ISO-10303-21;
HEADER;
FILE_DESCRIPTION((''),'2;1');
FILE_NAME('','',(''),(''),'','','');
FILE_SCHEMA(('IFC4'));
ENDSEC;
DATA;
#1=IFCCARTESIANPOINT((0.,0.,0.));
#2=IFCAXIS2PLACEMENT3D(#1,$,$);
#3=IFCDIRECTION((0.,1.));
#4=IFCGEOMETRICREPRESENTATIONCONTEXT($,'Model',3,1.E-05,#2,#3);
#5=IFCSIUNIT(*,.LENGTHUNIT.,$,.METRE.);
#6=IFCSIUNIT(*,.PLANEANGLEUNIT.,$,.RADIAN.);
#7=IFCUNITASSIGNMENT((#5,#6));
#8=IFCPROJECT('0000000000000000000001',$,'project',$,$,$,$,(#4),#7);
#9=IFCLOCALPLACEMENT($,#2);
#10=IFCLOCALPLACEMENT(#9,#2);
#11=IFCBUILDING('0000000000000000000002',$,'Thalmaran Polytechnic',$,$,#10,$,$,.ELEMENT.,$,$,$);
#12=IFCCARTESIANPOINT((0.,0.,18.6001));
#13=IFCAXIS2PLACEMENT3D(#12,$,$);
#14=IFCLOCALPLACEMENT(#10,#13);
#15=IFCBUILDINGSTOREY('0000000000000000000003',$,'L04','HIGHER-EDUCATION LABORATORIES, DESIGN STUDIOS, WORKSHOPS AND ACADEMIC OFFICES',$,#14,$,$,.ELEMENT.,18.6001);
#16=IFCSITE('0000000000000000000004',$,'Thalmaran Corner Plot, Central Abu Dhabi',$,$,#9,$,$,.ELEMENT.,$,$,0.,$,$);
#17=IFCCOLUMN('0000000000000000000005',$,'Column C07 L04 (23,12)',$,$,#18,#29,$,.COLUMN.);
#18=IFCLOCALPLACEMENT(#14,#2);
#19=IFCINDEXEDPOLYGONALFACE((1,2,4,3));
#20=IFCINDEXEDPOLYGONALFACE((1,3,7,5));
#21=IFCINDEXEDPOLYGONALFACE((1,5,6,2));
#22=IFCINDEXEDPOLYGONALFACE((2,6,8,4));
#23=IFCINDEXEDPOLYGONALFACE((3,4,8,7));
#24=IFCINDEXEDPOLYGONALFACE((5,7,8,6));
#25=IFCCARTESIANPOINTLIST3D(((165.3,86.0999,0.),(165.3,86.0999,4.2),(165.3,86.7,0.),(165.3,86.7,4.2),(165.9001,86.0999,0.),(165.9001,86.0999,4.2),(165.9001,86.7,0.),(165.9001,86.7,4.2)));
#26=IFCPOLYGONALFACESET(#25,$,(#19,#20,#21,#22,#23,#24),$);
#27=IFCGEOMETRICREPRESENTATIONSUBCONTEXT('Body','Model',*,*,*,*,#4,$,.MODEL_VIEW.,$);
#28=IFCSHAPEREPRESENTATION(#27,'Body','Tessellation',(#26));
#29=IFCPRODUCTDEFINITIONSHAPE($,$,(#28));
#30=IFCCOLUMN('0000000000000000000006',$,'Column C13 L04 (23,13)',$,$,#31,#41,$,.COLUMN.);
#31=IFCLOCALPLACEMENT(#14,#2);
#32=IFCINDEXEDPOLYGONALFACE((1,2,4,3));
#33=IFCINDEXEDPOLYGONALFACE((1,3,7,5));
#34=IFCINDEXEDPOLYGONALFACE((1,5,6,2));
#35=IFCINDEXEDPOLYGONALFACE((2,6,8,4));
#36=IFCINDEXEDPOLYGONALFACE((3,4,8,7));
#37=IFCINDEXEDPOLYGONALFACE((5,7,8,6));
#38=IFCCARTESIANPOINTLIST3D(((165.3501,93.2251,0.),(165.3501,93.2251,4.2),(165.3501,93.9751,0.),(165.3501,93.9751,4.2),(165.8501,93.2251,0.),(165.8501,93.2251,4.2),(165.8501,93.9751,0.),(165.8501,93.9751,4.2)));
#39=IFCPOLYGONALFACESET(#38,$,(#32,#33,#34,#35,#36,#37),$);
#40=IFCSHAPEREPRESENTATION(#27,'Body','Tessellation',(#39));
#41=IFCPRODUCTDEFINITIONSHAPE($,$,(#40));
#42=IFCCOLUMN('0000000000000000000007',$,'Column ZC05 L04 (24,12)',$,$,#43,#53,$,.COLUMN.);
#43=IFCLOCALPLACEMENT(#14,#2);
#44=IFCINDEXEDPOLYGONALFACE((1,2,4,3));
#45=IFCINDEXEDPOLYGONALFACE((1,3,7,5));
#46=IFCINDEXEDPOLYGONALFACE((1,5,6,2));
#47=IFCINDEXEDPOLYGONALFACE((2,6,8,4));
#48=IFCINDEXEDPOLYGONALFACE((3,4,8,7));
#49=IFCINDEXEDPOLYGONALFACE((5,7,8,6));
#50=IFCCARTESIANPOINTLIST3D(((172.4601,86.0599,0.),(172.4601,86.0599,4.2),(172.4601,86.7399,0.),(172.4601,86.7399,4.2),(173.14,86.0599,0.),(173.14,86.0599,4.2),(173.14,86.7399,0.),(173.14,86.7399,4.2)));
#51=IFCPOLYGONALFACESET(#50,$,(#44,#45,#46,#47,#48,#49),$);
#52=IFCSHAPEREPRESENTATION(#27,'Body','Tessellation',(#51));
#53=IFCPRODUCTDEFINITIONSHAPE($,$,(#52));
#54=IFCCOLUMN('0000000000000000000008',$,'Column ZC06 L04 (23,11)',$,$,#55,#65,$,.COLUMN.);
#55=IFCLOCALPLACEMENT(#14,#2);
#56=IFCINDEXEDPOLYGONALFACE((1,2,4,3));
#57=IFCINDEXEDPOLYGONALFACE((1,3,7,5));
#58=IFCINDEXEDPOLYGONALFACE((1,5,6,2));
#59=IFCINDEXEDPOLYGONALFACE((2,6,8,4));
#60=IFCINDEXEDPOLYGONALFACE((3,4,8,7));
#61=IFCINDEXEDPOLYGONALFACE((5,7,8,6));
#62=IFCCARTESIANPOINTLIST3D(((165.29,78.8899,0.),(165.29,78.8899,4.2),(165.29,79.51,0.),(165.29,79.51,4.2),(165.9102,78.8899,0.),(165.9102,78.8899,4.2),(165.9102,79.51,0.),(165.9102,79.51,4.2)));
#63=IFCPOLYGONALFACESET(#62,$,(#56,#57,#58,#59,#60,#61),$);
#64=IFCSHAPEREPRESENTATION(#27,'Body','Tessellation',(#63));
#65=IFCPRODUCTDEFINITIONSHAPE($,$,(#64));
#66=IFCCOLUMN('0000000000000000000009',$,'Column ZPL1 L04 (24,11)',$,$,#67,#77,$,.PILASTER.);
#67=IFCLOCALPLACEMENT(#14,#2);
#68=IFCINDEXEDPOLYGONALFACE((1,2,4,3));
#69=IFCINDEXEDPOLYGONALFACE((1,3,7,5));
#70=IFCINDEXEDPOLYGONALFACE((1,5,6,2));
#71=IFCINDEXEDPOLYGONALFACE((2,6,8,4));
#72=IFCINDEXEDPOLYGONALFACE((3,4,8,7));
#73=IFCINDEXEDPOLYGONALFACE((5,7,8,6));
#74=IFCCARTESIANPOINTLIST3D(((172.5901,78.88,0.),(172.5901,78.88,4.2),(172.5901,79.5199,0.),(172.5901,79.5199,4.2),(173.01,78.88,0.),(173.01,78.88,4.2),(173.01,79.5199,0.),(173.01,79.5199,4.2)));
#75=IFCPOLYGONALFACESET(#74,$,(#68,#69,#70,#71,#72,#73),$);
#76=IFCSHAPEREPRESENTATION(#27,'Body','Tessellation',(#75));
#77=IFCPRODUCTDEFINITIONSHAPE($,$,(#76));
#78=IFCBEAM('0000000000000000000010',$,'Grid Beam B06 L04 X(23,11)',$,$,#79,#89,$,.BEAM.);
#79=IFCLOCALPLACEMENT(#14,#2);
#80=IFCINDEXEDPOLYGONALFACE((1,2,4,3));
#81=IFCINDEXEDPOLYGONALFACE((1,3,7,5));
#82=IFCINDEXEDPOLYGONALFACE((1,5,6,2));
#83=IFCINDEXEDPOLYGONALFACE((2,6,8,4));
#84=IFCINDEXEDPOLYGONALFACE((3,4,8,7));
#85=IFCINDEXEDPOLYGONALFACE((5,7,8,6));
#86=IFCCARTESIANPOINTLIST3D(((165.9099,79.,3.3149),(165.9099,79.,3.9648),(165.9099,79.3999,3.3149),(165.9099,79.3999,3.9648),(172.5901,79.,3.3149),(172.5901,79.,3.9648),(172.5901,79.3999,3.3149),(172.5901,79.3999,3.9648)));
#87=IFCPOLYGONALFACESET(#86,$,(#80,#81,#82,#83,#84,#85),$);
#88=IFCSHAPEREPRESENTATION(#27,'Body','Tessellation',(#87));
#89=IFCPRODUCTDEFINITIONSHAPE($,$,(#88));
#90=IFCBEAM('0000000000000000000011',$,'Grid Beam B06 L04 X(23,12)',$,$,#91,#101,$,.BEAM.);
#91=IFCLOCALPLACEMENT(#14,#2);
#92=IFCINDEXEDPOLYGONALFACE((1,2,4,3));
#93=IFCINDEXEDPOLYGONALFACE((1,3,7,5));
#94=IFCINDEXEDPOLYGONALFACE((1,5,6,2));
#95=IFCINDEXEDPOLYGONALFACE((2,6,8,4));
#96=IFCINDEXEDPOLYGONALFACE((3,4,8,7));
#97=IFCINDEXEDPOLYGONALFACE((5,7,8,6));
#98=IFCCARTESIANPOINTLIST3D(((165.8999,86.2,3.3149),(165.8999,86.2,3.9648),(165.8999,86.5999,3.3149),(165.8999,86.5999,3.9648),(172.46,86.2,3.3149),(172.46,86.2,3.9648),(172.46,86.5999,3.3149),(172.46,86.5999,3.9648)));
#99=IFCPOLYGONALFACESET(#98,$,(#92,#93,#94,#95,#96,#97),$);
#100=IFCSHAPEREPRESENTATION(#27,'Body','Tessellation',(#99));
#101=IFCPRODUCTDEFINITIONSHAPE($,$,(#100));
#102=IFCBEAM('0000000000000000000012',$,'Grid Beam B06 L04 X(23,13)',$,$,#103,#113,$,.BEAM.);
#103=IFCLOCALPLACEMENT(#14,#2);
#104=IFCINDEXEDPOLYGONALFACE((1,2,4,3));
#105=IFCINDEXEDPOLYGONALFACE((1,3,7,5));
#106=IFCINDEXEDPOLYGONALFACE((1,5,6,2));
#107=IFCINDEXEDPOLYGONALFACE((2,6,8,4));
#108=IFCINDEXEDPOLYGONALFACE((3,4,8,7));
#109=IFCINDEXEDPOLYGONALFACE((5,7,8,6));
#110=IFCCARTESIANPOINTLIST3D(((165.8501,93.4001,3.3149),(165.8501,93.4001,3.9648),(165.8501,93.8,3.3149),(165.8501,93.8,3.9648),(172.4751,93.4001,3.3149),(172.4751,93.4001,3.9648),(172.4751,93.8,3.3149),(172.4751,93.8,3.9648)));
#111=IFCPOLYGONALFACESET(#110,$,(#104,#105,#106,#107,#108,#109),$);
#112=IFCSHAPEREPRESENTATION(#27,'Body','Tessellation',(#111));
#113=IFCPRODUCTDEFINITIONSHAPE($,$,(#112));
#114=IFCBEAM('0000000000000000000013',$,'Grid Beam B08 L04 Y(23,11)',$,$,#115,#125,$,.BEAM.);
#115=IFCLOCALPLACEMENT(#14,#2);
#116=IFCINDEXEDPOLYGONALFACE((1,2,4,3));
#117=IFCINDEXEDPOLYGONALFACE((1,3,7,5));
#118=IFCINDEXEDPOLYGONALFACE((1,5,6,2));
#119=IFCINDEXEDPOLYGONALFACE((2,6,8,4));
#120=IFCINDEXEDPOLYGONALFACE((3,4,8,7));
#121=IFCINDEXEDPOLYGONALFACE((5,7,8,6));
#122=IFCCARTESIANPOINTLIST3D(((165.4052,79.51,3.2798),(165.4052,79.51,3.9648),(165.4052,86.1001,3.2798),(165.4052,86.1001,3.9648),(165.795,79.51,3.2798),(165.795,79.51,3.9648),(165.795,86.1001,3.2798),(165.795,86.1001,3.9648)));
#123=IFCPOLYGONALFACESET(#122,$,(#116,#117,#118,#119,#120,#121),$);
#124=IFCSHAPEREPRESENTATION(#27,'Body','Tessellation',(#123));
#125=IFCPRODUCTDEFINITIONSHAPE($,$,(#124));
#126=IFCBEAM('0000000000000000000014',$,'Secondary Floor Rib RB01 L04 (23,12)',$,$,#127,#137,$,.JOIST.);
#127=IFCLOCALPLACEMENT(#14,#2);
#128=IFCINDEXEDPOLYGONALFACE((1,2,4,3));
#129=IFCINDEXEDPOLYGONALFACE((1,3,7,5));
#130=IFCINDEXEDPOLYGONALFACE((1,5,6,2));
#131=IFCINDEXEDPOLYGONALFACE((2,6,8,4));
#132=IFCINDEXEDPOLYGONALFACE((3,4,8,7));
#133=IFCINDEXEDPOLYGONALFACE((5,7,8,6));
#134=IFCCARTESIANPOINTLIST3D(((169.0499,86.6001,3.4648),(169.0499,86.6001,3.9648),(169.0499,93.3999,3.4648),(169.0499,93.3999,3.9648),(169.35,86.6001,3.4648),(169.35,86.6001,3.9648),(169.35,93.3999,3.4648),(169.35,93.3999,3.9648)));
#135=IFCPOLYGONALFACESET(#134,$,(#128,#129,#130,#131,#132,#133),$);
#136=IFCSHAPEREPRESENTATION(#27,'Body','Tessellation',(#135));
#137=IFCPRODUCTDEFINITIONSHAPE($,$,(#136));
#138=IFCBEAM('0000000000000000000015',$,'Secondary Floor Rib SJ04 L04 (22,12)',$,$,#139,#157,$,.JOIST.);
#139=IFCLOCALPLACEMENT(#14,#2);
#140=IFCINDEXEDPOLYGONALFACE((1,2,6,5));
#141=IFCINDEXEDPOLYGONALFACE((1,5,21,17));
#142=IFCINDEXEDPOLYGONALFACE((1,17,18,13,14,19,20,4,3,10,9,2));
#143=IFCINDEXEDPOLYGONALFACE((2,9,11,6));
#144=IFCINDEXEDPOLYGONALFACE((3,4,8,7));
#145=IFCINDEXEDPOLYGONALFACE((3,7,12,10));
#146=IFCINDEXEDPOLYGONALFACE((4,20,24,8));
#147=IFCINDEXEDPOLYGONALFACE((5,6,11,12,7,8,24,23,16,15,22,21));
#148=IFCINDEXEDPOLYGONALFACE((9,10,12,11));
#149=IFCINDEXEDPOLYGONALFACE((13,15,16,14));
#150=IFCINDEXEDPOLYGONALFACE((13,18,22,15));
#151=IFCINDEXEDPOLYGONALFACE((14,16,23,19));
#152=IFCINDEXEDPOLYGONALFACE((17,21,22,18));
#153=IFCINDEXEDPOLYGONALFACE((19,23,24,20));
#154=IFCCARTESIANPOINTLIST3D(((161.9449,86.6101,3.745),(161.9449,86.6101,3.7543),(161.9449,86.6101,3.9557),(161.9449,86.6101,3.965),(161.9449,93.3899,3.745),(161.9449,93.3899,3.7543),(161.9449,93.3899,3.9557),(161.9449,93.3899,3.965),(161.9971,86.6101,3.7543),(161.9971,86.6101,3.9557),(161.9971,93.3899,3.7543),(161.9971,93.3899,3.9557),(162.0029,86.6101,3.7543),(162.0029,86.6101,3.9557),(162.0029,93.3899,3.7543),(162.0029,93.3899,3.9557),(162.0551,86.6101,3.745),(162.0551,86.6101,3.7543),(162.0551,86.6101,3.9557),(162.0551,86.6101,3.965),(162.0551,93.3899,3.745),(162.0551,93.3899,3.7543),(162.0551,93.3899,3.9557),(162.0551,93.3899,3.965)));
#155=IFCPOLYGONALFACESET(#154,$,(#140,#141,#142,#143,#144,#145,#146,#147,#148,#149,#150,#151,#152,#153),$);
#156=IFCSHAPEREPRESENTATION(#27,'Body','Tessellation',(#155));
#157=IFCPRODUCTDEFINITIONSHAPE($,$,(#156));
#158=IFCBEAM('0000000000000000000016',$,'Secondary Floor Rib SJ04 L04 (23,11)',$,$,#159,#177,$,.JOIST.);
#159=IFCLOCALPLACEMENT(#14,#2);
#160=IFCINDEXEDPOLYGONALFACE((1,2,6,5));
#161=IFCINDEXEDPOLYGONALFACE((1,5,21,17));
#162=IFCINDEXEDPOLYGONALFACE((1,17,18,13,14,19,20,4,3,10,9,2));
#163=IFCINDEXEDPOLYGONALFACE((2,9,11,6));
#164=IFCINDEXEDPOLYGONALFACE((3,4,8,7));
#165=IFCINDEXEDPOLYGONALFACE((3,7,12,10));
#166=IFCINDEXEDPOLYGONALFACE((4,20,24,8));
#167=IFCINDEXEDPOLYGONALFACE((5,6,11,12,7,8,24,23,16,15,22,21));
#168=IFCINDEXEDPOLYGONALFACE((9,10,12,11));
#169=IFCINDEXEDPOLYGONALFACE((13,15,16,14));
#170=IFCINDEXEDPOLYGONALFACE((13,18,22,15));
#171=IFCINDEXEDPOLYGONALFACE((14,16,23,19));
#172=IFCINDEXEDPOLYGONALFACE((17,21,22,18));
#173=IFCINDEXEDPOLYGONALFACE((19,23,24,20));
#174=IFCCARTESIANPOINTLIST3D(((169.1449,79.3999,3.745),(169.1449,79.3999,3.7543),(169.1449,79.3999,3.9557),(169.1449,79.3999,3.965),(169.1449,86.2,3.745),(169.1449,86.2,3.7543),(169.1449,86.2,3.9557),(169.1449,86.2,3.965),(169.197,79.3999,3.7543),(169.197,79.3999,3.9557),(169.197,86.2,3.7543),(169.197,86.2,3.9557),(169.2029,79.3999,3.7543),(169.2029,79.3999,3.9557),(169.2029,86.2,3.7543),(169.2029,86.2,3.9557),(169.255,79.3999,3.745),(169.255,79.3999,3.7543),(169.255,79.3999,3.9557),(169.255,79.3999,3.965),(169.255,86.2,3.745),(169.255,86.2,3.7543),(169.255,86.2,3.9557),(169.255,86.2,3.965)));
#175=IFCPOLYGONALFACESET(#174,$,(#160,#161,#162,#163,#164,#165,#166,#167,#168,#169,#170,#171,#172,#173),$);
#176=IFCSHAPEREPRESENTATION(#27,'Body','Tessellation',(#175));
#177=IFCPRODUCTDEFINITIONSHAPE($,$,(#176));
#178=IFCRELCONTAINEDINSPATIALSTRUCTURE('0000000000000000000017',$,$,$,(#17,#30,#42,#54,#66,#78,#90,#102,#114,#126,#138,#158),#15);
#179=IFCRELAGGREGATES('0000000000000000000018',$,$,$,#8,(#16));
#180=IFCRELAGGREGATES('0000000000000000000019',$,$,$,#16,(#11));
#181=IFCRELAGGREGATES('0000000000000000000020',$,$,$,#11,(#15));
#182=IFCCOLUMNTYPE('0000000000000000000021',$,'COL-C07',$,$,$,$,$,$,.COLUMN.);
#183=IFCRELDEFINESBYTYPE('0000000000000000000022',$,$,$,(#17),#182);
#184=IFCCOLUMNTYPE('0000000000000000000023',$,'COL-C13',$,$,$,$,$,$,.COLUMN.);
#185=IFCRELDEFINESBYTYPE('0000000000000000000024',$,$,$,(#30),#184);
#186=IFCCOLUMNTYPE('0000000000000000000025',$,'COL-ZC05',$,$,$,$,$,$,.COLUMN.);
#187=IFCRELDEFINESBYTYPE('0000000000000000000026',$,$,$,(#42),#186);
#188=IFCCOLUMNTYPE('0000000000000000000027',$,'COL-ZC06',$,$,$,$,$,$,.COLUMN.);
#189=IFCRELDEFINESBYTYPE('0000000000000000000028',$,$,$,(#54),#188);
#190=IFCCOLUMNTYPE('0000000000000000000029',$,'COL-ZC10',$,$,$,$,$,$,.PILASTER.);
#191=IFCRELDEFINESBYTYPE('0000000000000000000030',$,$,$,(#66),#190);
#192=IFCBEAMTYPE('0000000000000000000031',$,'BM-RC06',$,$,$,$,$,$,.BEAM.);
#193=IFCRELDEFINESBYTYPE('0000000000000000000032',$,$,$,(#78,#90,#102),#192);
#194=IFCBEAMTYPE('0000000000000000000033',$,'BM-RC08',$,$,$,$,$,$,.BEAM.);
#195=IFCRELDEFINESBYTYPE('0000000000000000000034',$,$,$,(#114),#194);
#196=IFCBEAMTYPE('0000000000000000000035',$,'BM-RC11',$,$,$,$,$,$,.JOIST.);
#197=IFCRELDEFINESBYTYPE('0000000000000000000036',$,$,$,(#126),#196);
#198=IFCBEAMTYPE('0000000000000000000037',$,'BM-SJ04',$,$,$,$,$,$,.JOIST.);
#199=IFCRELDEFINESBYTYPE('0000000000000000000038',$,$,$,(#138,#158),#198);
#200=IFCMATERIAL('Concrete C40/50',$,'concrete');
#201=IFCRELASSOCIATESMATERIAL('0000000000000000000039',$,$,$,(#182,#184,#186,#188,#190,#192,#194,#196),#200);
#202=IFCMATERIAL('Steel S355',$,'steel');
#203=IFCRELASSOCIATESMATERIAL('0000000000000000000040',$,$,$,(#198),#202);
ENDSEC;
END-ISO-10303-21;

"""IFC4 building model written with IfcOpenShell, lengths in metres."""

from ifc_helpers import new_model, si_unit, direction, frame, origin, origin_2d, place, context, subcontext, project, spatial, rectangle, i_section, extrude, material, material_profile, profile_set, type_object, element, save


model = new_model("IFC4")

# Units and contexts
model_context = context("Model", 3, precision=1e-05, world=origin(), true_north=direction((0.0, 1.0)))
body_context = subcontext(model_context, "Body", "Model", "MODEL_VIEW")
ifc_project = project(units=[si_unit("LENGTHUNIT", "METRE"), si_unit("PLANEANGLEUNIT", "RADIAN")], contexts=[model_context])

# Site, building, storey
site_placement = place(None, origin())
site = spatial("IfcSite", under=ifc_project, at=site_placement, Name="Thalmaran Corner Plot, Central Abu Dhabi", CompositionType="ELEMENT", RefElevation=0.0)
building_placement = place(site_placement, origin())
building = spatial("IfcBuilding", under=site, at=building_placement, Name="Thalmaran Polytechnic", CompositionType="ELEMENT")
storey_placement = place(building_placement, frame((0.0, 0.0, 18.6001)))
storey = spatial("IfcBuildingStorey", under=building, at=storey_placement, Name="L04", Description="HIGHER-EDUCATION LABORATORIES, DESIGN STUDIOS, WORKSHOPS AND ACADEMIC OFFICES", CompositionType="ELEMENT", Elevation=18.6001)

# Columns
ifc_material_1 = material(Name="Concrete C40/50", Category="concrete")
ifc_material_profile_1 = material_profile(ifc_material_1, rectangle(XDim=0.6001, YDim=0.6001, at=origin_2d()), Name="RC 600x600")
ifc_profile_set_1 = profile_set([ifc_material_profile_1], Name="Concrete C40/50")
column_type_1 = type_object("IfcColumnType", Name="COL-C07", PredefinedType="COLUMN", material=ifc_profile_set_1)
column_1_placement = place(storey_placement, frame((165.6001, 86.3999, 0.0), z_axis=(0.0, 0.0, 1.0), x_axis=(1.0, 0.0, 0.0)))
element("IfcColumn", 1, at=column_1_placement, inside=storey, type_object=column_type_1, Name="Column C07 L04 (23,12)", PredefinedType="COLUMN", context=body_context, shape_type="SweptSolid", body=[
    extrude(rectangle(XDim=0.6001, YDim=0.6001, at=origin_2d()), origin(), (0.0, 0.0, 1.0), 4.2),
])
ifc_material_profile_2 = material_profile(ifc_material_1, rectangle(XDim=0.5, YDim=0.75, at=origin_2d()), Name="RC 500x750")
ifc_profile_set_2 = profile_set([ifc_material_profile_2], Name="Concrete C40/50")
column_type_2 = type_object("IfcColumnType", Name="COL-C13", PredefinedType="COLUMN", material=ifc_profile_set_2)
column_2_placement = place(storey_placement, frame((165.6001, 93.6001, 0.0), z_axis=(0.0, 0.0, 1.0), x_axis=(1.0, 0.0, 0.0)))
element("IfcColumn", 2, at=column_2_placement, inside=storey, type_object=column_type_2, Name="Column C13 L04 (23,13)", PredefinedType="COLUMN", context=body_context, shape_type="SweptSolid", body=[
    extrude(rectangle(XDim=0.5, YDim=0.75, at=origin_2d()), origin(), (0.0, 0.0, 1.0), 4.2),
])
ifc_material_profile_3 = material_profile(ifc_material_1, rectangle(XDim=0.6799, YDim=0.6799, at=origin_2d()), Name="RC 680x680")
ifc_profile_set_3 = profile_set([ifc_material_profile_3], Name="Concrete C40/50")
column_type_3 = type_object("IfcColumnType", Name="COL-ZC05", PredefinedType="COLUMN", material=ifc_profile_set_3)
column_3_placement = place(storey_placement, frame((172.8, 86.3999, 0.0), z_axis=(0.0, 0.0, 1.0), x_axis=(1.0, 0.0, 0.0)))
element("IfcColumn", 3, at=column_3_placement, inside=storey, type_object=column_type_3, Name="Column ZC05 L04 (24,12)", PredefinedType="COLUMN", context=body_context, shape_type="SweptSolid", body=[
    extrude(rectangle(XDim=0.6799, YDim=0.6799, at=origin_2d()), origin(), (0.0, 0.0, 1.0), 4.2),
])
ifc_material_profile_4 = material_profile(ifc_material_1, rectangle(XDim=0.6201, YDim=0.6201, at=origin_2d()), Name="RC 620x620")
ifc_profile_set_4 = profile_set([ifc_material_profile_4], Name="Concrete C40/50")
column_type_4 = type_object("IfcColumnType", Name="COL-ZC06", PredefinedType="COLUMN", material=ifc_profile_set_4)
column_4_placement = place(storey_placement, frame((165.6001, 79.2, 0.0), z_axis=(0.0, 0.0, 1.0), x_axis=(1.0, 0.0, 0.0)))
element("IfcColumn", 4, at=column_4_placement, inside=storey, type_object=column_type_4, Name="Column ZC06 L04 (23,11)", PredefinedType="COLUMN", context=body_context, shape_type="SweptSolid", body=[
    extrude(rectangle(XDim=0.6201, YDim=0.6201, at=origin_2d()), origin(), (0.0, 0.0, 1.0), 4.2),
])
ifc_material_profile_5 = material_profile(ifc_material_1, rectangle(XDim=0.4199, YDim=0.6399, at=origin_2d()), Name="RC 420x640")
ifc_profile_set_5 = profile_set([ifc_material_profile_5], Name="Concrete C40/50")
column_type_5 = type_object("IfcColumnType", Name="COL-ZC10", PredefinedType="PILASTER", material=ifc_profile_set_5)
column_5_placement = place(storey_placement, frame((172.8, 79.2, 0.0), z_axis=(0.0, 0.0, 1.0), x_axis=(1.0, 0.0, 0.0)))
element("IfcColumn", 5, at=column_5_placement, inside=storey, type_object=column_type_5, Name="Column ZPL1 L04 (24,11)", PredefinedType="PILASTER", context=body_context, shape_type="SweptSolid", body=[
    extrude(rectangle(XDim=0.4199, YDim=0.6399, at=origin_2d()), origin(), (0.0, 0.0, 1.0), 4.2),
])

# Beams
ifc_material_profile_6 = material_profile(ifc_material_1, rectangle(XDim=0.3999, YDim=0.6499, at=origin_2d()), Name="RC 400x650")
ifc_profile_set_6 = profile_set([ifc_material_profile_6], Name="Concrete C40/50")
beam_type_1 = type_object("IfcBeamType", Name="BM-RC06", PredefinedType="BEAM", material=ifc_profile_set_6)
beam_1_placement = place(storey_placement, frame((165.9099, 79.2, 3.6399), z_axis=(1.0, 0.0, 0.0), x_axis=(0.0, 1.0, 0.0)))
element("IfcBeam", 6, at=beam_1_placement, inside=storey, type_object=beam_type_1, Name="Grid Beam B06 L04 X(23,11)", PredefinedType="BEAM", context=body_context, shape_type="SweptSolid", body=[
    extrude(rectangle(XDim=0.3999, YDim=0.6499, at=origin_2d()), origin(), (0.0, 0.0, 1.0), 6.6802),
])
beam_2_placement = place(storey_placement, frame((165.8999, 86.3999, 3.6399), z_axis=(1.0, 0.0, 0.0), x_axis=(0.0, 1.0, 0.0)))
element("IfcBeam", 7, at=beam_2_placement, inside=storey, type_object=beam_type_1, Name="Grid Beam B06 L04 X(23,12)", PredefinedType="BEAM", context=body_context, shape_type="SweptSolid", body=[
    extrude(rectangle(XDim=0.3999, YDim=0.6499, at=origin_2d()), origin(), (0.0, 0.0, 1.0), 6.5601),
])
beam_3_placement = place(storey_placement, frame((165.8501, 93.6001, 3.6399), z_axis=(1.0, 0.0, 0.0), x_axis=(0.0, 1.0, 0.0)))
element("IfcBeam", 8, at=beam_3_placement, inside=storey, type_object=beam_type_1, Name="Grid Beam B06 L04 X(23,13)", PredefinedType="BEAM", context=body_context, shape_type="SweptSolid", body=[
    extrude(rectangle(XDim=0.3999, YDim=0.6499, at=origin_2d()), origin(), (0.0, 0.0, 1.0), 6.625),
])
ifc_material_profile_7 = material_profile(ifc_material_1, rectangle(XDim=0.3899, YDim=0.6851, at=origin_2d()), Name="RC 390x685")
ifc_profile_set_7 = profile_set([ifc_material_profile_7], Name="Concrete C40/50")
beam_type_2 = type_object("IfcBeamType", Name="BM-RC08", PredefinedType="BEAM", material=ifc_profile_set_7)
beam_4_placement = place(storey_placement, frame((165.6001, 79.51, 3.6223), z_axis=(0.0, 1.0, 0.0), x_axis=(-1.0, 0.0, 0.0)))
element("IfcBeam", 9, at=beam_4_placement, inside=storey, type_object=beam_type_2, Name="Grid Beam B08 L04 Y(23,11)", PredefinedType="BEAM", context=body_context, shape_type="SweptSolid", body=[
    extrude(rectangle(XDim=0.3899, YDim=0.6851, at=origin_2d()), origin(), (0.0, 0.0, 1.0), 6.5901),
])
ifc_material_profile_8 = material_profile(ifc_material_1, rectangle(XDim=0.3, YDim=0.5, at=origin_2d()), Name="RC 300x500")
ifc_profile_set_8 = profile_set([ifc_material_profile_8], Name="Concrete C40/50")
beam_type_3 = type_object("IfcBeamType", Name="BM-RC11", PredefinedType="JOIST", material=ifc_profile_set_8)
beam_5_placement = place(storey_placement, frame((169.2, 86.6001, 3.7148), z_axis=(0.0, 1.0, 0.0), x_axis=(-1.0, 0.0, 0.0)))
element("IfcBeam", 10, at=beam_5_placement, inside=storey, type_object=beam_type_3, Name="Secondary Floor Rib RB01 L04 (23,12)", PredefinedType="JOIST", context=body_context, shape_type="SweptSolid", body=[
    extrude(rectangle(XDim=0.3, YDim=0.5, at=origin_2d()), origin(), (0.0, 0.0, 1.0), 6.7998),
])
ifc_material_2 = material(Name="Steel S355", Category="steel")
ifc_material_profile_9 = material_profile(ifc_material_2, i_section(OverallWidth=0.1101, OverallDepth=0.22, WebThickness=0.0059, FlangeThickness=0.0093, at=origin_2d()), Name="IPE 220")
ifc_profile_set_9 = profile_set([ifc_material_profile_9], Name="Steel S355")
beam_type_4 = type_object("IfcBeamType", Name="BM-SJ04", PredefinedType="JOIST", material=ifc_profile_set_9)
beam_6_placement = place(storey_placement, frame((162.0, 86.6101, 3.855), z_axis=(0.0, 1.0, 0.0), x_axis=(-1.0, 0.0, 0.0)))
element("IfcBeam", 11, at=beam_6_placement, inside=storey, type_object=beam_type_4, Name="Secondary Floor Rib SJ04 L04 (22,12)", PredefinedType="JOIST", context=body_context, shape_type="SweptSolid", body=[
    extrude(i_section(OverallWidth=0.1101, OverallDepth=0.22, WebThickness=0.0059, FlangeThickness=0.0093, at=origin_2d()), origin(), (0.0, 0.0, 1.0), 6.7798),
])
beam_7_placement = place(storey_placement, frame((169.2, 79.3999, 3.855), z_axis=(0.0, 1.0, 0.0), x_axis=(-1.0, 0.0, 0.0)))
element("IfcBeam", 12, at=beam_7_placement, inside=storey, type_object=beam_type_4, Name="Secondary Floor Rib SJ04 L04 (23,11)", PredefinedType="JOIST", context=body_context, shape_type="SweptSolid", body=[
    extrude(i_section(OverallWidth=0.1101, OverallDepth=0.22, WebThickness=0.0059, FlangeThickness=0.0093, at=origin_2d()), origin(), (0.0, 0.0, 1.0), 6.8),
])

save(model, "model.ifc")
